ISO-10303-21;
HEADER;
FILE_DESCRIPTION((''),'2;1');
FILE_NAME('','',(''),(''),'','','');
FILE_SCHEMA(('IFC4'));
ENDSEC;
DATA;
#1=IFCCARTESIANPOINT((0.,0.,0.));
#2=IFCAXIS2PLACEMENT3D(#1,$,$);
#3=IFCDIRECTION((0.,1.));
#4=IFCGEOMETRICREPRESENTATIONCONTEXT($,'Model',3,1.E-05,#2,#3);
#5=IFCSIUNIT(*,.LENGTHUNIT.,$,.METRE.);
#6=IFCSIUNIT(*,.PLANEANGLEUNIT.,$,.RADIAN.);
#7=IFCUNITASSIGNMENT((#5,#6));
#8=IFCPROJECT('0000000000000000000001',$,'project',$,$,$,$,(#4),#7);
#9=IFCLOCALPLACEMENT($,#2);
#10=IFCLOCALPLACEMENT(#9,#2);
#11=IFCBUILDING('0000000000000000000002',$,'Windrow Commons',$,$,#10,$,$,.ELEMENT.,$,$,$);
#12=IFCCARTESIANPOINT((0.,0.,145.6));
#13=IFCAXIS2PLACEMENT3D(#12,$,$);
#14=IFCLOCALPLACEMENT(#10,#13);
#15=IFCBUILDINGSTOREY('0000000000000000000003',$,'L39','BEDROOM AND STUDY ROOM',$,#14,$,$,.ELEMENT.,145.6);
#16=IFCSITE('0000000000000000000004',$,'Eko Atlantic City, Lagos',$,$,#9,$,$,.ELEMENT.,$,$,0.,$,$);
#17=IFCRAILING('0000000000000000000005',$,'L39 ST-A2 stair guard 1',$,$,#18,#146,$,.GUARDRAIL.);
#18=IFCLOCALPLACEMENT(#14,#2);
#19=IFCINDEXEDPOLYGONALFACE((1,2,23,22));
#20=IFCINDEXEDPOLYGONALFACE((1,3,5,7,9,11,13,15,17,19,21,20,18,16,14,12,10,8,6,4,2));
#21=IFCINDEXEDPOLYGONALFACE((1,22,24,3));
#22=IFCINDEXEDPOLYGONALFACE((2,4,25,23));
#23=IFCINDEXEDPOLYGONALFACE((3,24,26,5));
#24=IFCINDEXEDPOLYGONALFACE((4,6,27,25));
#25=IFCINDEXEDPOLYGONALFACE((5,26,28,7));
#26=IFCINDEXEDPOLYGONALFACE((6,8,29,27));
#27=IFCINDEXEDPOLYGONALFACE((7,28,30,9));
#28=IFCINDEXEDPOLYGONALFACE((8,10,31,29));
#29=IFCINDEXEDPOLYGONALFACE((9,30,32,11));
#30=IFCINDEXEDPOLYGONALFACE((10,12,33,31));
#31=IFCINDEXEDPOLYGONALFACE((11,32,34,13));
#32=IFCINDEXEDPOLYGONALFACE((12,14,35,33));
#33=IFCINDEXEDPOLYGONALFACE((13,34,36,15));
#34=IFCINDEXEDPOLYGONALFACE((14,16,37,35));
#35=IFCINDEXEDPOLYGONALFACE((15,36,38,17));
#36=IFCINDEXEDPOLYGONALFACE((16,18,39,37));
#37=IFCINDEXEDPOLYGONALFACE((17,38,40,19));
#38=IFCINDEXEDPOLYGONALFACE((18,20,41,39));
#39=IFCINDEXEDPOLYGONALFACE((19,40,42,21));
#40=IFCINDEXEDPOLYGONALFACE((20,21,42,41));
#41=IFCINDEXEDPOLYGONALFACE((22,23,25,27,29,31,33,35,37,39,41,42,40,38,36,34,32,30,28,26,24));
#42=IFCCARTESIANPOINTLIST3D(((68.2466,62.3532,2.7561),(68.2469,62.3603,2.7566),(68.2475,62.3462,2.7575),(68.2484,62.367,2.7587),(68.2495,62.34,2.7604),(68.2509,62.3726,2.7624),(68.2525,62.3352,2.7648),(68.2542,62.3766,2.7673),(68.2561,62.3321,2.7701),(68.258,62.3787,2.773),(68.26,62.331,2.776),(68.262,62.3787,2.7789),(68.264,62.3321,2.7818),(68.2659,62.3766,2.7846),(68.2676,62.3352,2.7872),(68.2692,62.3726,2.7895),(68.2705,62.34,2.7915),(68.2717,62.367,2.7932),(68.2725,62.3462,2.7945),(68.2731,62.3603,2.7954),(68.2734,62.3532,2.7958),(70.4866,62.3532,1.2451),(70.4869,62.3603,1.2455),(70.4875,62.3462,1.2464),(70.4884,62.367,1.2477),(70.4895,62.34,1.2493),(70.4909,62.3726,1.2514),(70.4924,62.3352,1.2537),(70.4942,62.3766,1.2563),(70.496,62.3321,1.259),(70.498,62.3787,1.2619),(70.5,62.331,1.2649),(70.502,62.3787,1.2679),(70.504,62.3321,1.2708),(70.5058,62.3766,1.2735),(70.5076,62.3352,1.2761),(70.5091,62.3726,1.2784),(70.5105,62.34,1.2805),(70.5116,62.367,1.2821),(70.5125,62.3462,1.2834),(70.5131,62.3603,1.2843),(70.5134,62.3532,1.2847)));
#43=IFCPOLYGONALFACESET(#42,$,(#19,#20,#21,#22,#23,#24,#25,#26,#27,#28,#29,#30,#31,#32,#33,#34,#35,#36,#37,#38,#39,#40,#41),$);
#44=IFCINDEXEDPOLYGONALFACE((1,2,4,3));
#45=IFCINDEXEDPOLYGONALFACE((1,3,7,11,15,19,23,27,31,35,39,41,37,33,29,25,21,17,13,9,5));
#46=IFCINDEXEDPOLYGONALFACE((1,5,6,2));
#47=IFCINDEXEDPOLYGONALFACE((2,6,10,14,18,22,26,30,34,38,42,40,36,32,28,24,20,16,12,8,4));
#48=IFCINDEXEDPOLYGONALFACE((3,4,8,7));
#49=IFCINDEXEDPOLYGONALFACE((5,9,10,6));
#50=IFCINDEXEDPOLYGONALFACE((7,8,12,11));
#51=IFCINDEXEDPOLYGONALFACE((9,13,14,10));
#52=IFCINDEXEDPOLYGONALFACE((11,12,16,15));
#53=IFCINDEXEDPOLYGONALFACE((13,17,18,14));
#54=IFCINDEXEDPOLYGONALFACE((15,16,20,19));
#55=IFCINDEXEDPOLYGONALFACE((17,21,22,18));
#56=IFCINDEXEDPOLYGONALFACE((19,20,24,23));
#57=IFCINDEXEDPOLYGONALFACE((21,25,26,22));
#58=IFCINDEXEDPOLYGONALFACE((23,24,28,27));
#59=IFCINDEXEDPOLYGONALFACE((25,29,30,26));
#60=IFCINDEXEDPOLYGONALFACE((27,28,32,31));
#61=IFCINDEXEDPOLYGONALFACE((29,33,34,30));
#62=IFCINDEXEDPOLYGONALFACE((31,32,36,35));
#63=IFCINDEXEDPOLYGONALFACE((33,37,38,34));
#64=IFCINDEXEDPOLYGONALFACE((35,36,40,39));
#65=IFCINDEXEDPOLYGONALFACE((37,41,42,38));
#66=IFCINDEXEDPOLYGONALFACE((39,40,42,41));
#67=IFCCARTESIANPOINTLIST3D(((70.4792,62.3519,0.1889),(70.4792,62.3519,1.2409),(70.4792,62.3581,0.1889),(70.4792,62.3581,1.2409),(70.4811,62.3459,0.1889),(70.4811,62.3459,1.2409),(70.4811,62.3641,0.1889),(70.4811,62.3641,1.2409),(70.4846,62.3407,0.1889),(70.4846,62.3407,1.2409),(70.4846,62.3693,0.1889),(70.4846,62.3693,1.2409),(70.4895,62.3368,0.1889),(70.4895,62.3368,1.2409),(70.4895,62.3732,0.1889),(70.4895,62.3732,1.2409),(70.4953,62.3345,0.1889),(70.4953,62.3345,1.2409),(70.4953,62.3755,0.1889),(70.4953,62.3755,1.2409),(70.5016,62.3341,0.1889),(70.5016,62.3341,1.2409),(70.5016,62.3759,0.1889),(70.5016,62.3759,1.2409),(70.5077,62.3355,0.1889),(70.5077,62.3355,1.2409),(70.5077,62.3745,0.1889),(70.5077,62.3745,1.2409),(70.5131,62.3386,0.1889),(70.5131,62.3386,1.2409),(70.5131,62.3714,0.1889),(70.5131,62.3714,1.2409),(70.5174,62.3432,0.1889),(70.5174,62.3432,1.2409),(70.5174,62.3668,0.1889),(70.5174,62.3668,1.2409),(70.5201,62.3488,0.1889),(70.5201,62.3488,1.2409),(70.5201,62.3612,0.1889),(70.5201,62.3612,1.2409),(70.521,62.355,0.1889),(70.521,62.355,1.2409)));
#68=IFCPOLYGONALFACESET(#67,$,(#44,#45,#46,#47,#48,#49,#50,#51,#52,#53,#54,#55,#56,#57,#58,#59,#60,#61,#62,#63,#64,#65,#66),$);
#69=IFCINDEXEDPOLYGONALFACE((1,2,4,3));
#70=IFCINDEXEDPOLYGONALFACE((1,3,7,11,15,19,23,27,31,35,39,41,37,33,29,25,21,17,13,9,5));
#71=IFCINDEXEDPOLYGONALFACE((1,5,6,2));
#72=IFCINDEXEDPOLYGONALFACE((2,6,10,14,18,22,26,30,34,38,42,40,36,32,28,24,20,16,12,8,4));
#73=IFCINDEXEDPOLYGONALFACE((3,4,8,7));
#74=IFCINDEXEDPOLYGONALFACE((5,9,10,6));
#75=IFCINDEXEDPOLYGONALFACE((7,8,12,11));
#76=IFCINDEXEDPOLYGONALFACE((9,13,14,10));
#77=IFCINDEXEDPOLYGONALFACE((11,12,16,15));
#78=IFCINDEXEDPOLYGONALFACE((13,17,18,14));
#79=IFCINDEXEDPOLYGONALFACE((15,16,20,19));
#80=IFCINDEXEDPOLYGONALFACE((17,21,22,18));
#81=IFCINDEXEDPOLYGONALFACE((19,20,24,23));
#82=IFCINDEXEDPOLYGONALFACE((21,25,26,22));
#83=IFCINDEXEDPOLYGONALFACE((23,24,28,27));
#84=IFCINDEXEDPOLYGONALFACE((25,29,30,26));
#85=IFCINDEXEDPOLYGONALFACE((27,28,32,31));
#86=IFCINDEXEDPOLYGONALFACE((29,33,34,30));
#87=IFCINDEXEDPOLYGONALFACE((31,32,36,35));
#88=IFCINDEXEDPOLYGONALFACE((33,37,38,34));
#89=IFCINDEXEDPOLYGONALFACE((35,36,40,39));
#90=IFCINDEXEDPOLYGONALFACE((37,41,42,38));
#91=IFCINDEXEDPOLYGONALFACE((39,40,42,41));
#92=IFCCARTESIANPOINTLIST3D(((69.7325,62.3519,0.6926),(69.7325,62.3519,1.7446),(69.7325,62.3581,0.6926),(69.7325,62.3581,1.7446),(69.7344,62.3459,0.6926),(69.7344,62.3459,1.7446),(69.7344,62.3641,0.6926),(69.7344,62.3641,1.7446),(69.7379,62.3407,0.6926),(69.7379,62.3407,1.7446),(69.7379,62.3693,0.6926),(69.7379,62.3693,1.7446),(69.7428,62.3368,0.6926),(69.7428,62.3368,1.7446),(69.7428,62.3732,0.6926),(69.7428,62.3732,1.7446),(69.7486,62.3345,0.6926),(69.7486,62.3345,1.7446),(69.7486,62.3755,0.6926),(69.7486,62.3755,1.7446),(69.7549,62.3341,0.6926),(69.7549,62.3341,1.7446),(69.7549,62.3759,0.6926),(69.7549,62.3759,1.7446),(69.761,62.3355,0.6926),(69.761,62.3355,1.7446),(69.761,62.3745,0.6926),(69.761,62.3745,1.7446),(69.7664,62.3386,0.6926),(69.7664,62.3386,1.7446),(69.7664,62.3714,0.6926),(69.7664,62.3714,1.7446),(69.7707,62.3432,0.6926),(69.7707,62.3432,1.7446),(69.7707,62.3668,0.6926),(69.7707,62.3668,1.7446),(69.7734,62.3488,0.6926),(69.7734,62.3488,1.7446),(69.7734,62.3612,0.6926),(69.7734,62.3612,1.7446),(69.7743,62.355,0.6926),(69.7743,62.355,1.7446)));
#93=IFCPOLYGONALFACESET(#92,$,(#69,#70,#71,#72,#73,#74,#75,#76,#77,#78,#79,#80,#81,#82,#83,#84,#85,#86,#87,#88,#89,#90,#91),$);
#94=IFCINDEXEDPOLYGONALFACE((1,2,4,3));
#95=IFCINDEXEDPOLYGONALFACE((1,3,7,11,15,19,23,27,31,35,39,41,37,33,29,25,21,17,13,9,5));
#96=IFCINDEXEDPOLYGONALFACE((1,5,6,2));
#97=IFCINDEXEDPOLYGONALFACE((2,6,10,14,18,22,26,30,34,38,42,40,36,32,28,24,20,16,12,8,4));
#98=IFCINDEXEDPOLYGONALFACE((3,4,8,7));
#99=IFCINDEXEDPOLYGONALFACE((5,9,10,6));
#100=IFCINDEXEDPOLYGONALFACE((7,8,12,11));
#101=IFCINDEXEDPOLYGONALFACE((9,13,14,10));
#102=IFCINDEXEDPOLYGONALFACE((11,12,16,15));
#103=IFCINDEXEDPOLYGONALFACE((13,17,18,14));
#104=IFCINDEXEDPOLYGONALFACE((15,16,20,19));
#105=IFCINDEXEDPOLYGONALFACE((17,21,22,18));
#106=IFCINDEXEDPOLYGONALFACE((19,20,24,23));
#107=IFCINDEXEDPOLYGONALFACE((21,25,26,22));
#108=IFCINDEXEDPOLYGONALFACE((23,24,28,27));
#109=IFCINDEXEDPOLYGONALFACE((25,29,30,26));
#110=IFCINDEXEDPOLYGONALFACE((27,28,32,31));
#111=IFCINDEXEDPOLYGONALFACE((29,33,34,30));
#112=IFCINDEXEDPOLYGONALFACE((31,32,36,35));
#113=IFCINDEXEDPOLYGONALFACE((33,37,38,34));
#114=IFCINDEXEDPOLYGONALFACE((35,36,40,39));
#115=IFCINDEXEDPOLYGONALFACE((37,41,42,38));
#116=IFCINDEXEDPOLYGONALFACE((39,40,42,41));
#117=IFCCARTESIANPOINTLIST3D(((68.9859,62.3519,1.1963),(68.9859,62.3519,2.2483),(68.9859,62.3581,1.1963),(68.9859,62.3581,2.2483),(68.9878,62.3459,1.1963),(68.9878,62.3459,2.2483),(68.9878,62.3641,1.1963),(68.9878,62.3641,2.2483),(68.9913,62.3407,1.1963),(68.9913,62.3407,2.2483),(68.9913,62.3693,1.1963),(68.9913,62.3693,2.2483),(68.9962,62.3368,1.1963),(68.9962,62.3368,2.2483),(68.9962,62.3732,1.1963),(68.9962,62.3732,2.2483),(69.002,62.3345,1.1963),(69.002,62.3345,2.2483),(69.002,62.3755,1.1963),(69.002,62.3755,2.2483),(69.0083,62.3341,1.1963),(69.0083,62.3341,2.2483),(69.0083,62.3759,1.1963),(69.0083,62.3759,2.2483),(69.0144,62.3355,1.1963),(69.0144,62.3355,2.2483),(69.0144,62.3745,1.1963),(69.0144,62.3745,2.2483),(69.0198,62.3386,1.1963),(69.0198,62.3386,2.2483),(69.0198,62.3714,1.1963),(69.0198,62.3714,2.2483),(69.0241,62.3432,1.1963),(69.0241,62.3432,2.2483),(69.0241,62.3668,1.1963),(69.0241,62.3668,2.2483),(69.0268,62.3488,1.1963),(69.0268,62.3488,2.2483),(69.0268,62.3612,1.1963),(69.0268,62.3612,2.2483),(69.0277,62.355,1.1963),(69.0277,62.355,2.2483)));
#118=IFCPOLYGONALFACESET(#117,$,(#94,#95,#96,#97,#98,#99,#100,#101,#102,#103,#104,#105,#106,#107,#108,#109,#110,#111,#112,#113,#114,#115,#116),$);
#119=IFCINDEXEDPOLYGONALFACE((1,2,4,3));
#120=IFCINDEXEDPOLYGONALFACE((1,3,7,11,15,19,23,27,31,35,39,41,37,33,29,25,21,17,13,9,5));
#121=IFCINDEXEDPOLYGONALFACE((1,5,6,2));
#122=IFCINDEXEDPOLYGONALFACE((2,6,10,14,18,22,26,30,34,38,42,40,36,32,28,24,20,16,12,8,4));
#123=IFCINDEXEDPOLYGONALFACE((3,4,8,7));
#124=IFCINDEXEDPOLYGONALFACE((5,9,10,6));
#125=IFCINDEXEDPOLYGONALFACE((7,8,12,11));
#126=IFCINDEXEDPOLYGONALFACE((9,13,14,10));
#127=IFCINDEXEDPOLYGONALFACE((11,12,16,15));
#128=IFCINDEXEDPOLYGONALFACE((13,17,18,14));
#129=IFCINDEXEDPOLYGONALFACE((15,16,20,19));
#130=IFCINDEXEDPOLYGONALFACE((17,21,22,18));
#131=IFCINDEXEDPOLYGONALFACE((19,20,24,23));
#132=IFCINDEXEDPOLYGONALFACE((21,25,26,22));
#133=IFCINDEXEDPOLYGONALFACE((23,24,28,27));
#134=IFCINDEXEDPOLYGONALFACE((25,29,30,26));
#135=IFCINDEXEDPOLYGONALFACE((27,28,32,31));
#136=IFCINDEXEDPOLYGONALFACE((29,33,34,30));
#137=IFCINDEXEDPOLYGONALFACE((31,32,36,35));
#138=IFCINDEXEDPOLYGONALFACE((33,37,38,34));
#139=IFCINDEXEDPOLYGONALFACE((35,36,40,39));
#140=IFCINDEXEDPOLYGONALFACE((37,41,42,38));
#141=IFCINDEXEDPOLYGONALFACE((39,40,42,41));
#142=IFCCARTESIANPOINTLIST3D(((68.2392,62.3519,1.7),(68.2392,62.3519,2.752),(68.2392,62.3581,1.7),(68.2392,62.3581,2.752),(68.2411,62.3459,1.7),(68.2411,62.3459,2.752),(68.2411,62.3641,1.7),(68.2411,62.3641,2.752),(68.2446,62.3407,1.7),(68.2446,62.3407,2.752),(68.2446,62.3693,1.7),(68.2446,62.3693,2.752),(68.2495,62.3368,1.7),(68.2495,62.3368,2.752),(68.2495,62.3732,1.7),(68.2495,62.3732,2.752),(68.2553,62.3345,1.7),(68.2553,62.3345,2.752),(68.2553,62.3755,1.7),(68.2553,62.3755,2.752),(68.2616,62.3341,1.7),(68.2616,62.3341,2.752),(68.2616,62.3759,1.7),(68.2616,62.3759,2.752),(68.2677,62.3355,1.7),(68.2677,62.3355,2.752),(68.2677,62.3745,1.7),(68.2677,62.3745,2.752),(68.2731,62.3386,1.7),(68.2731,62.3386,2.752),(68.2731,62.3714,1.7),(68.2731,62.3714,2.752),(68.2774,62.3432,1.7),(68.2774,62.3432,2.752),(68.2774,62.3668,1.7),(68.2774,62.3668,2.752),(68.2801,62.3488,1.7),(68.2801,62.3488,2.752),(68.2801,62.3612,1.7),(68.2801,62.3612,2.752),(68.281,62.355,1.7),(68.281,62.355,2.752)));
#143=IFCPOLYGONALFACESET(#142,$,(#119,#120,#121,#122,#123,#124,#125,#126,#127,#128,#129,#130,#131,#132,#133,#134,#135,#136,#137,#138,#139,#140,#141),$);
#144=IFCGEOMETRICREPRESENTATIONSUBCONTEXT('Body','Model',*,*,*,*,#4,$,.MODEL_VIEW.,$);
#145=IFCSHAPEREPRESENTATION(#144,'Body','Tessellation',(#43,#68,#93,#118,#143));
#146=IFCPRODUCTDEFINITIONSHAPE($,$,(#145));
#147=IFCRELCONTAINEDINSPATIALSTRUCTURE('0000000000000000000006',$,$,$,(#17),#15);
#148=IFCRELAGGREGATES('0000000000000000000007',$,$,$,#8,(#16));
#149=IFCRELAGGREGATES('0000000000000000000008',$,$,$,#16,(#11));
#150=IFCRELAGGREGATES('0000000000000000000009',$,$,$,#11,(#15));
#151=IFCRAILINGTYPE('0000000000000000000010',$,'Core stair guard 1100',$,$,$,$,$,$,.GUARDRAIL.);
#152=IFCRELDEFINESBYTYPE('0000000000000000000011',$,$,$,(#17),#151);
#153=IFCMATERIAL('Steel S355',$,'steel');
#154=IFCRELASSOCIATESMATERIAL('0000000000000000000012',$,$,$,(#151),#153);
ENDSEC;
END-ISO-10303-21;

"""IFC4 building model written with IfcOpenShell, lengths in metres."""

from ifc_helpers import new_model, si_unit, direction, frame, origin, origin_2d, place, context, subcontext, project, spatial, circle, extrude, material, type_object, element, save


model = new_model("IFC4")

# Units and contexts
model_context = context("Model", 3, precision=1e-05, world=origin(), true_north=direction((0.0, 1.0)))
body_context = subcontext(model_context, "Body", "Model", "MODEL_VIEW")
ifc_project = project(units=[si_unit("LENGTHUNIT", "METRE"), si_unit("PLANEANGLEUNIT", "RADIAN")], contexts=[model_context])

# Site, building, storey
site_placement = place(None, origin())
site = spatial("IfcSite", under=ifc_project, at=site_placement, Name="Eko Atlantic City, Lagos", CompositionType="ELEMENT", RefElevation=0.0)
building_placement = place(site_placement, origin())
building = spatial("IfcBuilding", under=site, at=building_placement, Name="Windrow Commons", CompositionType="ELEMENT")
storey_placement = place(building_placement, frame((0.0, 0.0, 145.6)))
storey = spatial("IfcBuildingStorey", under=building, at=storey_placement, Name="L39", Description="BEDROOM AND STUDY ROOM", CompositionType="ELEMENT", Elevation=145.6)

# Railing
ifc_material_1 = material(Name="Steel S355", Category="steel")
railing_type_1 = type_object("IfcRailingType", Name="Core stair guard 1100", PredefinedType="GUARDRAIL", material=ifc_material_1)
railing_1_placement = place(storey_placement, frame((70.5, 62.355, 0.1889)))
element("IfcRailing", 1, at=railing_1_placement, inside=storey, type_object=railing_type_1, Name="L39 ST-A2 stair guard 1", PredefinedType="GUARDRAIL", context=body_context, shape_type="SweptSolid", body=[
    extrude(circle(Radius=0.024, at=origin_2d()), frame((0.0, 0.0, 1.076), z_axis=(-0.829003, 0.0, 0.559244), x_axis=(0.0, -1.0, 0.0)), (0.0, 0.0, 1.0), 2.702),
    extrude(circle(Radius=0.021, at=origin_2d()), origin(), (0.0, 0.0, 1.0), 1.052),
    extrude(circle(Radius=0.021, at=origin_2d()), frame((-0.7467, 0.0, 0.5037)), (0.0, 0.0, 1.0), 1.052),
    extrude(circle(Radius=0.021, at=origin_2d()), frame((-1.4933, 0.0, 1.0074)), (0.0, 0.0, 1.0), 1.052),
    extrude(circle(Radius=0.021, at=origin_2d()), frame((-2.24, 0.0, 1.5111)), (0.0, 0.0, 1.0), 1.052),
])

save(model, "model.ifc")
